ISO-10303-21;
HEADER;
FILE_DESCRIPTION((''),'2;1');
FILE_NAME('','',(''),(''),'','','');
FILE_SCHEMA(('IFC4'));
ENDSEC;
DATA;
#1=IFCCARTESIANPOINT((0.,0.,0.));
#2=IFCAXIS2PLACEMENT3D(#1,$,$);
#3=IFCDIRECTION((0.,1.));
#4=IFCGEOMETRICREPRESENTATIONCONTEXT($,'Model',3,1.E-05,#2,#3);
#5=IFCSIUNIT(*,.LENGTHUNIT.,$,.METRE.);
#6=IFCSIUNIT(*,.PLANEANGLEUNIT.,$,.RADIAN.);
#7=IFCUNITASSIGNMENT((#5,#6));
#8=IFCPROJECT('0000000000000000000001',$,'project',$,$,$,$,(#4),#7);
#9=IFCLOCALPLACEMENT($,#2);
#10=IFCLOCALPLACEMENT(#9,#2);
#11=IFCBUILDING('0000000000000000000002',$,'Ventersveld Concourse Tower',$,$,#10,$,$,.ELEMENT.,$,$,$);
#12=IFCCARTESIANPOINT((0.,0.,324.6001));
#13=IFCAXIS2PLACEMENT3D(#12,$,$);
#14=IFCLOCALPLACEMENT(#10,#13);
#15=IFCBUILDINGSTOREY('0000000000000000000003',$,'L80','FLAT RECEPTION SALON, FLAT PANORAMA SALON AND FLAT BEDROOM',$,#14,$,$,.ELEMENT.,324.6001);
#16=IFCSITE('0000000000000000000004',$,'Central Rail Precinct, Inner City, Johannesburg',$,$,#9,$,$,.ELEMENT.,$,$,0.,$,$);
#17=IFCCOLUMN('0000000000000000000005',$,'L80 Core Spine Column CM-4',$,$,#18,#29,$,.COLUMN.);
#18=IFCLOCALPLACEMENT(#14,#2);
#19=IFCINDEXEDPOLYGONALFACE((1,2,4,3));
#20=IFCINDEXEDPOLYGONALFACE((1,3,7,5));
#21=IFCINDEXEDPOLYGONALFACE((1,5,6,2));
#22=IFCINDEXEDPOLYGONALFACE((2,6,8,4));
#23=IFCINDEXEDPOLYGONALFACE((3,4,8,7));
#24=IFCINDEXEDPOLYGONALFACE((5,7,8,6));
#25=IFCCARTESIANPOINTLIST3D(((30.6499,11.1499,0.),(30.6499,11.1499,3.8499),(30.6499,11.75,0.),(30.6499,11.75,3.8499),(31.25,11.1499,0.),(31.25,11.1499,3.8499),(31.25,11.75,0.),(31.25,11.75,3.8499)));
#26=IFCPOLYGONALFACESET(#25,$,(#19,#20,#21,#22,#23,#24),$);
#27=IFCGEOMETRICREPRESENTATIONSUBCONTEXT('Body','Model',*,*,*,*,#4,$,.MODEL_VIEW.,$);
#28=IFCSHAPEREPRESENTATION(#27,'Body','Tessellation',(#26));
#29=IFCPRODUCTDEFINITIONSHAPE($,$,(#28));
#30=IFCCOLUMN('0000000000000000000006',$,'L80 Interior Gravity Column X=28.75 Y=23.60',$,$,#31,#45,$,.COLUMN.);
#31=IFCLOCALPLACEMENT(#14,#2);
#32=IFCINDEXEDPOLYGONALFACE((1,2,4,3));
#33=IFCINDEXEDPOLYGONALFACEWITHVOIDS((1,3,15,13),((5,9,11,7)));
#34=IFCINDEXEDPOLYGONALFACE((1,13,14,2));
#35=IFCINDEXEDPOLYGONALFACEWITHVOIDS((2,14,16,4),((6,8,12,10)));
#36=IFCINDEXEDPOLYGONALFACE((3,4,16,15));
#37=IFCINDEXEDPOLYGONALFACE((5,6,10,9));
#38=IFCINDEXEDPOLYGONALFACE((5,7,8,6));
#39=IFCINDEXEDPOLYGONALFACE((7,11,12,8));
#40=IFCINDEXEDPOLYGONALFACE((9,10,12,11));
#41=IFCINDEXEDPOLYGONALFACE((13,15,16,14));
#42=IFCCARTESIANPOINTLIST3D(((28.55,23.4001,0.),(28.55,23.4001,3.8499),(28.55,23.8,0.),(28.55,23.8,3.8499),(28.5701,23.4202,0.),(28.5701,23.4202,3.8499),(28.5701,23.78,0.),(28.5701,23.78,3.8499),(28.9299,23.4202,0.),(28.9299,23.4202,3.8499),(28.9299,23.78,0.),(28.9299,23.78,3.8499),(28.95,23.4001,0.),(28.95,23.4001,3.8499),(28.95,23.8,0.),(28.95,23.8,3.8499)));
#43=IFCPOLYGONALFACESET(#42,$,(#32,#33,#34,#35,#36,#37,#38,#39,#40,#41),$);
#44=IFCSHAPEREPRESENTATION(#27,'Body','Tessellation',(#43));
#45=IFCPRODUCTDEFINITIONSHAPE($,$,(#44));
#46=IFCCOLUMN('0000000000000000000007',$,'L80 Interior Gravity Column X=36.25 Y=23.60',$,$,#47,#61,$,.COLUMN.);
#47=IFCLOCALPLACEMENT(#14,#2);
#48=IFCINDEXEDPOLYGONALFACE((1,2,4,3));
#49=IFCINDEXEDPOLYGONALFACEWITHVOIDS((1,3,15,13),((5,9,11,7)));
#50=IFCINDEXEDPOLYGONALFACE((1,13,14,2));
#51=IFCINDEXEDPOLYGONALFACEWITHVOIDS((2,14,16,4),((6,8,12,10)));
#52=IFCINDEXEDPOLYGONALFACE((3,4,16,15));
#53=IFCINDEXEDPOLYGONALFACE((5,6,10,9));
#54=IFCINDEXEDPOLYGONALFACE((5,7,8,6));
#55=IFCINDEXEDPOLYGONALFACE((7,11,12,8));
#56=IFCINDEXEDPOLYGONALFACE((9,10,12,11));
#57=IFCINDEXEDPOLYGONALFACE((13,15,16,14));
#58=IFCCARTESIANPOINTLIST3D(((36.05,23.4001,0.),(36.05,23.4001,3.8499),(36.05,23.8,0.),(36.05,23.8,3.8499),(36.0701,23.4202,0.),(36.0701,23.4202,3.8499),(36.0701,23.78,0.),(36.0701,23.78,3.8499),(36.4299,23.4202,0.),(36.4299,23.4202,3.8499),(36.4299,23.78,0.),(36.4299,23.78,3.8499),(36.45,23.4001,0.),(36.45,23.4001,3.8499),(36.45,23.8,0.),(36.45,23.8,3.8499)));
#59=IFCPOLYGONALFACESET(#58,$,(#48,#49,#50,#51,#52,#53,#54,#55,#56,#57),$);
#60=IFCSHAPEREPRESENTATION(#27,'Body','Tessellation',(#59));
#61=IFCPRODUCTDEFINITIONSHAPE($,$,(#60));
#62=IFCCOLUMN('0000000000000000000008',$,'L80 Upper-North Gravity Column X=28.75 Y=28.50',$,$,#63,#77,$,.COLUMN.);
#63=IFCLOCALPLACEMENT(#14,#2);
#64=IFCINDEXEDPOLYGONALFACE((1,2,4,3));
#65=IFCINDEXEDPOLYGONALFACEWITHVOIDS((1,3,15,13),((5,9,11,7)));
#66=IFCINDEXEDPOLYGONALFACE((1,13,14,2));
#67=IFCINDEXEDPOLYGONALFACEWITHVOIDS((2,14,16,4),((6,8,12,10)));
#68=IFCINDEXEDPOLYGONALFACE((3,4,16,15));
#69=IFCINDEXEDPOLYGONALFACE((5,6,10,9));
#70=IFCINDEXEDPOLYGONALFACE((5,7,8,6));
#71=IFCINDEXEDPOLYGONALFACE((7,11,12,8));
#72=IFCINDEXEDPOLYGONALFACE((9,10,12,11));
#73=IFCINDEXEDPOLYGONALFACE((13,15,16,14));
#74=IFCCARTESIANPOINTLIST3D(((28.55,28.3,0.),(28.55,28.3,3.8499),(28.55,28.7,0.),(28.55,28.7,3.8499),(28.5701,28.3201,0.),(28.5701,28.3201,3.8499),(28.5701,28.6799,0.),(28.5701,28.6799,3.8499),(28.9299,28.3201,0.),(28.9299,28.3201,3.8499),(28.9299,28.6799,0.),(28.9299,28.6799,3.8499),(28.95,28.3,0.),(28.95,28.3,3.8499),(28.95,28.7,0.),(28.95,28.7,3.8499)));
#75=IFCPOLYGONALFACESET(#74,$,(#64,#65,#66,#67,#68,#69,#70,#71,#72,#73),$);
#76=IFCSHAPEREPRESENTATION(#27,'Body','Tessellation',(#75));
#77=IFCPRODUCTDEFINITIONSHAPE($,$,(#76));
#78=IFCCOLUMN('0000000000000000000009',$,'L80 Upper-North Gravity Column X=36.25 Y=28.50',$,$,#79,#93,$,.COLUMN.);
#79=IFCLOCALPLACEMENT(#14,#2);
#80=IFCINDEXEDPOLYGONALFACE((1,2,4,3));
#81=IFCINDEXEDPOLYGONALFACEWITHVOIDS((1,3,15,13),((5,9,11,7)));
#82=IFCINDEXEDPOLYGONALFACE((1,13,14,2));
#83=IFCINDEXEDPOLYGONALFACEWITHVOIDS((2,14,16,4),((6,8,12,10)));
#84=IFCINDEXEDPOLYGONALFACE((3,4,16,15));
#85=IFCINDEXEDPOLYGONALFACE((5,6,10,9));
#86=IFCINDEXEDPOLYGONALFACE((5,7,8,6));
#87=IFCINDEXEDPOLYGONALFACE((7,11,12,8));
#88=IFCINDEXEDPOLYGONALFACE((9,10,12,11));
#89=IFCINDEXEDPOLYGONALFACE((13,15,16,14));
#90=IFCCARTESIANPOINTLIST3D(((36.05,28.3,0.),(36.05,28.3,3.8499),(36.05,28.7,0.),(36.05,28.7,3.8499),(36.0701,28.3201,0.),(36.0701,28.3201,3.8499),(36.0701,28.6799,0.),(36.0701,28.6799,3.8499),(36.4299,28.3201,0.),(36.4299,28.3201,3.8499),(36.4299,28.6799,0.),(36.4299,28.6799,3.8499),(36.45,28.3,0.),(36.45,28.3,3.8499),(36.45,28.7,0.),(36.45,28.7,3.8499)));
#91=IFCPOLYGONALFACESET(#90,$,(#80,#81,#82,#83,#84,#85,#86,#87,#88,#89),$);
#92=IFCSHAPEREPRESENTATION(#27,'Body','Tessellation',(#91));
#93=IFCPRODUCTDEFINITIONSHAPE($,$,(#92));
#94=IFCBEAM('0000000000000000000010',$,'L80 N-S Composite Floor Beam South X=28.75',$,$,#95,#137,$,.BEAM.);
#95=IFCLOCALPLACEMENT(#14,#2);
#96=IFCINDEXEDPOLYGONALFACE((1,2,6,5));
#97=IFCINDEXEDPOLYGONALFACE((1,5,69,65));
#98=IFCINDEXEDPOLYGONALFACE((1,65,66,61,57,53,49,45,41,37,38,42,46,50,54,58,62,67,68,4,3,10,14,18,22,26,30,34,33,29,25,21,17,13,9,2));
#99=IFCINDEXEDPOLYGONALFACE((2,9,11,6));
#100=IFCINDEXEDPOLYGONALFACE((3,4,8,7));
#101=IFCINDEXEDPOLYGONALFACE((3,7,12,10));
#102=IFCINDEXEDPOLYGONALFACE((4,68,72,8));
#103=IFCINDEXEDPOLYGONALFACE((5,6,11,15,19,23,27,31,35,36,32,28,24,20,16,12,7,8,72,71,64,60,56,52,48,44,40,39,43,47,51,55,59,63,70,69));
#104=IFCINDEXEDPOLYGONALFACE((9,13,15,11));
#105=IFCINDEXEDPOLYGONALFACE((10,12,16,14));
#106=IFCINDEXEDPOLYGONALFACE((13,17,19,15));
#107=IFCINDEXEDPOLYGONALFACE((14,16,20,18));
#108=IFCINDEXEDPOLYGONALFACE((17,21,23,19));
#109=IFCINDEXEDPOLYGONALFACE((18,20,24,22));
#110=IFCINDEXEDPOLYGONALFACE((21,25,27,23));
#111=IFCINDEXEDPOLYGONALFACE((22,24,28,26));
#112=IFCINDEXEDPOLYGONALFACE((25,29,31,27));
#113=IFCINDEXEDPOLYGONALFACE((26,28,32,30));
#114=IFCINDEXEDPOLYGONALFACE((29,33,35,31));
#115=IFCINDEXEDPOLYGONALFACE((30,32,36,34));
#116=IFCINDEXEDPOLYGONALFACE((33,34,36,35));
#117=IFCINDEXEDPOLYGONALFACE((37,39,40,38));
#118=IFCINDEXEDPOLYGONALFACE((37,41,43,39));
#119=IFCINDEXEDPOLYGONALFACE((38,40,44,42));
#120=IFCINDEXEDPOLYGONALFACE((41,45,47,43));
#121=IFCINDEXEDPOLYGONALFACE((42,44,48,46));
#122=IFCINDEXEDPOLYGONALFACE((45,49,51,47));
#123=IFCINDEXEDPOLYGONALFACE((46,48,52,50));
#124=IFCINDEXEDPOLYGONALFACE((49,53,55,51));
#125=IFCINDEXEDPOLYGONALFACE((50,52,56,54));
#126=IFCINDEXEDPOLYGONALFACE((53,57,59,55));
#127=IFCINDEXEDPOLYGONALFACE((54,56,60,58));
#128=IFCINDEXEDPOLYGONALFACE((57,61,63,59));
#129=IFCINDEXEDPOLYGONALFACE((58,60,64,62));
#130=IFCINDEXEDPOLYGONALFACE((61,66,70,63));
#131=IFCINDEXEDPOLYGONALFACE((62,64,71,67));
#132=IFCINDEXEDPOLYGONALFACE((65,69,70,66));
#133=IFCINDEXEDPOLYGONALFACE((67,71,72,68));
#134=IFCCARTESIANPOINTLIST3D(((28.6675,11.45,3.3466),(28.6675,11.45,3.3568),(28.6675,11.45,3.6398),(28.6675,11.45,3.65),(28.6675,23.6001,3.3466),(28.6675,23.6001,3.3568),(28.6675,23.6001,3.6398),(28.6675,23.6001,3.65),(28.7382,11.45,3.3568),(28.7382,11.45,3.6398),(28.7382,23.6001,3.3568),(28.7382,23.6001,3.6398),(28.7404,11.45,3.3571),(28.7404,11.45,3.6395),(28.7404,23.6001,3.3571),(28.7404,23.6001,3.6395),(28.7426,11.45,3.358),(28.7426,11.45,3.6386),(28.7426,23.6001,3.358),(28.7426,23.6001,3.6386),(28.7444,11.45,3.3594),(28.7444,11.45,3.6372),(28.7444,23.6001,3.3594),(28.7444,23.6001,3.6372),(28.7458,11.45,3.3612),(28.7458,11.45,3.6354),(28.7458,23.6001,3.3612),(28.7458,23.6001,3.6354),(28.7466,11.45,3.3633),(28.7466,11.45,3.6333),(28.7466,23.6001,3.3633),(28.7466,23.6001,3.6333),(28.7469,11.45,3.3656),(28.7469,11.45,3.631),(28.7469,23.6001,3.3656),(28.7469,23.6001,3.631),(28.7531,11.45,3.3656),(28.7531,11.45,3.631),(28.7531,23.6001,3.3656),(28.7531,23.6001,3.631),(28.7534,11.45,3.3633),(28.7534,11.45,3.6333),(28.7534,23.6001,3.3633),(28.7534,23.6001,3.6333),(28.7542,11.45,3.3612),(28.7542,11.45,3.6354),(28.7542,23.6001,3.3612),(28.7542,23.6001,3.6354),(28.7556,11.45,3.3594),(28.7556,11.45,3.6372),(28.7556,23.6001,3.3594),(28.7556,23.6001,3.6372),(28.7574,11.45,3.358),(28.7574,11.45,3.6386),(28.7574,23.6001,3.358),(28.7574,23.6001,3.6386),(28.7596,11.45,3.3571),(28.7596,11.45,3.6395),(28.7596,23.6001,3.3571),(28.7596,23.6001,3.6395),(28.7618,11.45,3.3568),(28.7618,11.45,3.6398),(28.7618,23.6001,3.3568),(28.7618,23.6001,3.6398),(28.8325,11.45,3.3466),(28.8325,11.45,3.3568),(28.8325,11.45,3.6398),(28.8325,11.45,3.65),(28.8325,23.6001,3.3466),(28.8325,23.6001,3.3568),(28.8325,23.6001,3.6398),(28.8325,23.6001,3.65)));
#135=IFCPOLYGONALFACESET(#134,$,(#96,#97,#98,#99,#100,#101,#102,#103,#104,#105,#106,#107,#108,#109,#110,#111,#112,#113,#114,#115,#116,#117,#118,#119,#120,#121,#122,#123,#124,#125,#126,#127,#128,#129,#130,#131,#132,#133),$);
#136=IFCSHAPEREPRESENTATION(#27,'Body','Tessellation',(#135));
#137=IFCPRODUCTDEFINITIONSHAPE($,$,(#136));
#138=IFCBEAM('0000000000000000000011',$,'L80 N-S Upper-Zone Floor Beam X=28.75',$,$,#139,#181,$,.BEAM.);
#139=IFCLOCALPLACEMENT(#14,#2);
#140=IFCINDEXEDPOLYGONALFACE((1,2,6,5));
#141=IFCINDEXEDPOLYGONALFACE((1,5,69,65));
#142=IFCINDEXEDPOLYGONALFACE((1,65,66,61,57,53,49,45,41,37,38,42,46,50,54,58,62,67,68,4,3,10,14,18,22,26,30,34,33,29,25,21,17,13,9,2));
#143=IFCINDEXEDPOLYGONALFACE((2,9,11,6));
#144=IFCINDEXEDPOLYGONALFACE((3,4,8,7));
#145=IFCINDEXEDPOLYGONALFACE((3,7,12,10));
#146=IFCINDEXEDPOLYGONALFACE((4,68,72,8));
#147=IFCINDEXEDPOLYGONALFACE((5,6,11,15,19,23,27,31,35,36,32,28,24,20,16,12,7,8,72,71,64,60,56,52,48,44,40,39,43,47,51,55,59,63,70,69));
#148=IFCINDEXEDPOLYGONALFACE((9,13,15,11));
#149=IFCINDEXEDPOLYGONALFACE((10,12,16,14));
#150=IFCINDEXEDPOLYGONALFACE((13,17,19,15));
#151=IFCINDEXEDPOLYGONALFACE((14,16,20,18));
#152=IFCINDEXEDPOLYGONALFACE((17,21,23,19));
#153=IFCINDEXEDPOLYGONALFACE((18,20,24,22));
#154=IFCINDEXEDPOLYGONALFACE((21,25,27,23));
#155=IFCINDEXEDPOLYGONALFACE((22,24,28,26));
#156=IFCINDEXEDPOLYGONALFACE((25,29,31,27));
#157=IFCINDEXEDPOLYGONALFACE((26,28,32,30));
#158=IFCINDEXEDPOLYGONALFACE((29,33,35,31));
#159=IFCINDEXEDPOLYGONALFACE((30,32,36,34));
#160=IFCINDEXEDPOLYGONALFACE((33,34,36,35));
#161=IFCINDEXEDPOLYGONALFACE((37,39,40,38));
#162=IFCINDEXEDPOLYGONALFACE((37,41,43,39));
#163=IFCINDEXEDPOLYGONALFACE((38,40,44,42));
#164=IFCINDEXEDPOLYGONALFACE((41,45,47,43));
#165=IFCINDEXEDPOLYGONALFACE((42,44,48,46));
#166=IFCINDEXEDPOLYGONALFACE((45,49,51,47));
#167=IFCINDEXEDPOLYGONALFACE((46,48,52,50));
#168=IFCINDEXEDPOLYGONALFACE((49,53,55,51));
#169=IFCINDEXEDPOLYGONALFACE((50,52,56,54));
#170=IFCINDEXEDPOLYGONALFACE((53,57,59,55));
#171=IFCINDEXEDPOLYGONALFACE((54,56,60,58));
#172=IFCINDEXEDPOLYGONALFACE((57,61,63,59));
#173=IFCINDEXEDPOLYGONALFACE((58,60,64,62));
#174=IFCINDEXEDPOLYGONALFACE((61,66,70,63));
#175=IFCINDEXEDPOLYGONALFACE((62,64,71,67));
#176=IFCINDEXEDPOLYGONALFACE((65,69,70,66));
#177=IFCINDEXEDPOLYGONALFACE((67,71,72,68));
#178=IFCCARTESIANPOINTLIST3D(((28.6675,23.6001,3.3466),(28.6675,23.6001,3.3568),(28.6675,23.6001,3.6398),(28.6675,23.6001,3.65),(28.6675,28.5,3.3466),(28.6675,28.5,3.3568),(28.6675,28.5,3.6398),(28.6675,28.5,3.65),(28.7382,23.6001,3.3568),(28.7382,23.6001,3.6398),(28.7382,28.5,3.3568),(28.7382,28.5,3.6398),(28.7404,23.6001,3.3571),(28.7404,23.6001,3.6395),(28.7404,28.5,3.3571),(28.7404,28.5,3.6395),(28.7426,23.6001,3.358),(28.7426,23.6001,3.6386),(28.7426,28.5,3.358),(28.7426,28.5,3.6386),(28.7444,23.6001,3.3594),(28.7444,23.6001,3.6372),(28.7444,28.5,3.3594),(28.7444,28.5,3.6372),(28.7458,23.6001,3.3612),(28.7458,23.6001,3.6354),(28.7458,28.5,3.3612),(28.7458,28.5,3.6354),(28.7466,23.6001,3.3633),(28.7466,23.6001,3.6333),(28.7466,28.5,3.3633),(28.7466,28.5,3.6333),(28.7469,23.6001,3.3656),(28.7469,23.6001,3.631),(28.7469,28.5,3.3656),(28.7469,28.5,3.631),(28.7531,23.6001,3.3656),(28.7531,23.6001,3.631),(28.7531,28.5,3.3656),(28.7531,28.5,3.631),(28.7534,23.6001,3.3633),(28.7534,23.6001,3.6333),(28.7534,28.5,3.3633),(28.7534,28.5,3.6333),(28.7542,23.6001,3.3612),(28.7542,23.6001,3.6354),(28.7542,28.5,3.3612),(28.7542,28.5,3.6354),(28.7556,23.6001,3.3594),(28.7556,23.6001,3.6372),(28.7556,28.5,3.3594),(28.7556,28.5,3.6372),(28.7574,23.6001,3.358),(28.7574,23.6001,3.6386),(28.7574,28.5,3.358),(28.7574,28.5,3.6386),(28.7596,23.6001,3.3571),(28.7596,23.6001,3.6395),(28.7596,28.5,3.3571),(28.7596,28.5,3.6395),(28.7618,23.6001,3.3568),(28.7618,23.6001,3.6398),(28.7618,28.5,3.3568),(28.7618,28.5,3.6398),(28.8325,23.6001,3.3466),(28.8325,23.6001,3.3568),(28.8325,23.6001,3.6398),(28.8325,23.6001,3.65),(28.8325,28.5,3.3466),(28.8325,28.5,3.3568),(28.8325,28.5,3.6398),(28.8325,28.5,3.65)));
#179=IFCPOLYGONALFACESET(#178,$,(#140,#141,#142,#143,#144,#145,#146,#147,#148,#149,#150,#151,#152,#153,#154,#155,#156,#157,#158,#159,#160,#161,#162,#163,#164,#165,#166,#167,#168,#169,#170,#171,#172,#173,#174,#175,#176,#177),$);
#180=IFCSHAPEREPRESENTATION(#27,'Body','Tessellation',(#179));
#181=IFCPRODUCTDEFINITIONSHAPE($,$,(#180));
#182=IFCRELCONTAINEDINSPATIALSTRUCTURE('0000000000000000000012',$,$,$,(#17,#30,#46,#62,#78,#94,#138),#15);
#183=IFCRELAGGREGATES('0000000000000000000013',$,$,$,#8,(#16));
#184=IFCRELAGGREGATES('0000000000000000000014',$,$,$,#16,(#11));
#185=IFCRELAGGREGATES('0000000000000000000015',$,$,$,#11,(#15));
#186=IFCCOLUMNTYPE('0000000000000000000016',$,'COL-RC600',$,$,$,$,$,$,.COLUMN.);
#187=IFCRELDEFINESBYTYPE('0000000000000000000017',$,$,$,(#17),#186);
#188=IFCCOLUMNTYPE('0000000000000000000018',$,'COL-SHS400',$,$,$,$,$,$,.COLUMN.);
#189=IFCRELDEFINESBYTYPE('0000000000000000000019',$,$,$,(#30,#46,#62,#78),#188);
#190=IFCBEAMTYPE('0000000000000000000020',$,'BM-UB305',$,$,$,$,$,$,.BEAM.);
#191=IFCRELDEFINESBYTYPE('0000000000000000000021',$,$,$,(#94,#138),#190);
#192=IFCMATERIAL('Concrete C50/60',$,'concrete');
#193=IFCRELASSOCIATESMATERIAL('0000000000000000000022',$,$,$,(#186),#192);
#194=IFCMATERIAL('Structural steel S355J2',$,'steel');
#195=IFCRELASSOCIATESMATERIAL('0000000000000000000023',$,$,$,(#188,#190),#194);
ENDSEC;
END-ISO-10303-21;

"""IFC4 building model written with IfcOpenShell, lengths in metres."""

from ifc_helpers import new_model, si_unit, direction, frame, origin, origin_2d, place, context, subcontext, project, spatial, rectangle, hollow_rectangle, i_section, extrude, material, material_profile, profile_set, type_object, element, save


model = new_model("IFC4")

# Units and contexts
model_context = context("Model", 3, precision=1e-05, world=origin(), true_north=direction((0.0, 1.0)))
body_context = subcontext(model_context, "Body", "Model", "MODEL_VIEW")
ifc_project = project(units=[si_unit("LENGTHUNIT", "METRE"), si_unit("PLANEANGLEUNIT", "RADIAN")], contexts=[model_context])

# Site, building, storey
site_placement = place(None, origin())
site = spatial("IfcSite", under=ifc_project, at=site_placement, Name="Central Rail Precinct, Inner City, Johannesburg", CompositionType="ELEMENT", RefElevation=0.0)
building_placement = place(site_placement, origin())
building = spatial("IfcBuilding", under=site, at=building_placement, Name="Ventersveld Concourse Tower", CompositionType="ELEMENT")
storey_placement = place(building_placement, frame((0.0, 0.0, 324.6001)))
storey = spatial("IfcBuildingStorey", under=building, at=storey_placement, Name="L80", Description="FLAT RECEPTION SALON, FLAT PANORAMA SALON AND FLAT BEDROOM", CompositionType="ELEMENT", Elevation=324.6001)

# Columns
ifc_material_1 = material(Name="Concrete C50/60", Category="concrete")
ifc_material_profile_1 = material_profile(ifc_material_1, rectangle(XDim=0.6001, YDim=0.6001, at=origin_2d()), Name="RC 600x600")
ifc_profile_set_1 = profile_set([ifc_material_profile_1], Name="Concrete C50/60")
column_type_1 = type_object("IfcColumnType", Name="COL-RC600", PredefinedType="COLUMN", material=ifc_profile_set_1)
column_placement = place(storey_placement, frame((30.95, 11.45, 0.0), z_axis=(0.0, 0.0, 1.0), x_axis=(1.0, 0.0, 0.0)))
element("IfcColumn", 1, at=column_placement, inside=storey, type_object=column_type_1, Name="L80 Core Spine Column CM-4", PredefinedType="COLUMN", context=body_context, shape_type="SweptSolid", body=[
    extrude(rectangle(XDim=0.6001, YDim=0.6001, at=origin_2d()), origin(), (0.0, 0.0, 1.0), 3.8499),
])
ifc_material_2 = material(Name="Structural steel S355J2", Category="steel")
ifc_material_profile_2 = material_profile(ifc_material_2, hollow_rectangle(XDim=0.3999, YDim=0.3999, WallThickness=0.02, at=origin_2d()), Name="SHS 400x400x20")
ifc_profile_set_2 = profile_set([ifc_material_profile_2], Name="Structural steel S355J2")
column_type_2 = type_object("IfcColumnType", Name="COL-SHS400", PredefinedType="COLUMN", material=ifc_profile_set_2)
for number, where, z_axis, x_axis, name in (
    (2, (28.75, 23.6001, 0.0), (0.0, 0.0, 1.0), (1.0, 0.0, 0.0), "L80 Interior Gravity Column X=28.75 Y=23.60"),
    (3, (36.25, 23.6001, 0.0), (0.0, 0.0, 1.0), (1.0, 0.0, 0.0), "L80 Interior Gravity Column X=36.25 Y=23.60"),
    (4, (28.75, 28.5, 0.0), (0.0, 0.0, 1.0), (1.0, 0.0, 0.0), "L80 Upper-North Gravity Column X=28.75 Y=28.50"),
    (5, (36.25, 28.5, 0.0), (0.0, 0.0, 1.0), (1.0, 0.0, 0.0), "L80 Upper-North Gravity Column X=36.25 Y=28.50"),
):
    element("IfcColumn", number, at=place(storey_placement, frame(where, z_axis=z_axis, x_axis=x_axis)), inside=storey, type_object=column_type_2, Name=name, PredefinedType="COLUMN", context=body_context, shape_type="SweptSolid", body=[
        extrude(hollow_rectangle(XDim=0.3999, YDim=0.3999, WallThickness=0.02, at=origin_2d()), origin(), (0.0, 0.0, 1.0), 3.8499),
    ])

# Beams
ifc_material_profile_3 = material_profile(ifc_material_2, i_section(OverallWidth=0.165, OverallDepth=0.3035, WebThickness=0.0061, FlangeThickness=0.0103, FilletRadius=0.0088, at=origin_2d()), Name="UB 305x165x40")
ifc_profile_set_3 = profile_set([ifc_material_profile_3], Name="Structural steel S355J2")
beam_type_1 = type_object("IfcBeamType", Name="BM-UB305", PredefinedType="BEAM", material=ifc_profile_set_3)
beam_1_placement = place(storey_placement, frame((28.75, 11.45, 3.4983), z_axis=(0.0, 1.0, 0.0), x_axis=(-1.0, 0.0, 0.0)))
element("IfcBeam", 6, at=beam_1_placement, inside=storey, type_object=beam_type_1, Name="L80 N-S Composite Floor Beam South X=28.75", PredefinedType="BEAM", context=body_context, shape_type="SweptSolid", body=[
    extrude(i_section(OverallWidth=0.165, OverallDepth=0.3035, WebThickness=0.0061, FlangeThickness=0.0103, FilletRadius=0.0088, at=origin_2d()), origin(), (0.0, 0.0, 1.0), 12.1501),
])
beam_2_placement = place(storey_placement, frame((28.75, 23.6001, 3.4983), z_axis=(0.0, 1.0, 0.0), x_axis=(-1.0, 0.0, 0.0)))
element("IfcBeam", 7, at=beam_2_placement, inside=storey, type_object=beam_type_1, Name="L80 N-S Upper-Zone Floor Beam X=28.75", PredefinedType="BEAM", context=body_context, shape_type="SweptSolid", body=[
    extrude(i_section(OverallWidth=0.165, OverallDepth=0.3035, WebThickness=0.0061, FlangeThickness=0.0103, FilletRadius=0.0088, at=origin_2d()), origin(), (0.0, 0.0, 1.0), 4.8999),
])

save(model, "model.ifc")
